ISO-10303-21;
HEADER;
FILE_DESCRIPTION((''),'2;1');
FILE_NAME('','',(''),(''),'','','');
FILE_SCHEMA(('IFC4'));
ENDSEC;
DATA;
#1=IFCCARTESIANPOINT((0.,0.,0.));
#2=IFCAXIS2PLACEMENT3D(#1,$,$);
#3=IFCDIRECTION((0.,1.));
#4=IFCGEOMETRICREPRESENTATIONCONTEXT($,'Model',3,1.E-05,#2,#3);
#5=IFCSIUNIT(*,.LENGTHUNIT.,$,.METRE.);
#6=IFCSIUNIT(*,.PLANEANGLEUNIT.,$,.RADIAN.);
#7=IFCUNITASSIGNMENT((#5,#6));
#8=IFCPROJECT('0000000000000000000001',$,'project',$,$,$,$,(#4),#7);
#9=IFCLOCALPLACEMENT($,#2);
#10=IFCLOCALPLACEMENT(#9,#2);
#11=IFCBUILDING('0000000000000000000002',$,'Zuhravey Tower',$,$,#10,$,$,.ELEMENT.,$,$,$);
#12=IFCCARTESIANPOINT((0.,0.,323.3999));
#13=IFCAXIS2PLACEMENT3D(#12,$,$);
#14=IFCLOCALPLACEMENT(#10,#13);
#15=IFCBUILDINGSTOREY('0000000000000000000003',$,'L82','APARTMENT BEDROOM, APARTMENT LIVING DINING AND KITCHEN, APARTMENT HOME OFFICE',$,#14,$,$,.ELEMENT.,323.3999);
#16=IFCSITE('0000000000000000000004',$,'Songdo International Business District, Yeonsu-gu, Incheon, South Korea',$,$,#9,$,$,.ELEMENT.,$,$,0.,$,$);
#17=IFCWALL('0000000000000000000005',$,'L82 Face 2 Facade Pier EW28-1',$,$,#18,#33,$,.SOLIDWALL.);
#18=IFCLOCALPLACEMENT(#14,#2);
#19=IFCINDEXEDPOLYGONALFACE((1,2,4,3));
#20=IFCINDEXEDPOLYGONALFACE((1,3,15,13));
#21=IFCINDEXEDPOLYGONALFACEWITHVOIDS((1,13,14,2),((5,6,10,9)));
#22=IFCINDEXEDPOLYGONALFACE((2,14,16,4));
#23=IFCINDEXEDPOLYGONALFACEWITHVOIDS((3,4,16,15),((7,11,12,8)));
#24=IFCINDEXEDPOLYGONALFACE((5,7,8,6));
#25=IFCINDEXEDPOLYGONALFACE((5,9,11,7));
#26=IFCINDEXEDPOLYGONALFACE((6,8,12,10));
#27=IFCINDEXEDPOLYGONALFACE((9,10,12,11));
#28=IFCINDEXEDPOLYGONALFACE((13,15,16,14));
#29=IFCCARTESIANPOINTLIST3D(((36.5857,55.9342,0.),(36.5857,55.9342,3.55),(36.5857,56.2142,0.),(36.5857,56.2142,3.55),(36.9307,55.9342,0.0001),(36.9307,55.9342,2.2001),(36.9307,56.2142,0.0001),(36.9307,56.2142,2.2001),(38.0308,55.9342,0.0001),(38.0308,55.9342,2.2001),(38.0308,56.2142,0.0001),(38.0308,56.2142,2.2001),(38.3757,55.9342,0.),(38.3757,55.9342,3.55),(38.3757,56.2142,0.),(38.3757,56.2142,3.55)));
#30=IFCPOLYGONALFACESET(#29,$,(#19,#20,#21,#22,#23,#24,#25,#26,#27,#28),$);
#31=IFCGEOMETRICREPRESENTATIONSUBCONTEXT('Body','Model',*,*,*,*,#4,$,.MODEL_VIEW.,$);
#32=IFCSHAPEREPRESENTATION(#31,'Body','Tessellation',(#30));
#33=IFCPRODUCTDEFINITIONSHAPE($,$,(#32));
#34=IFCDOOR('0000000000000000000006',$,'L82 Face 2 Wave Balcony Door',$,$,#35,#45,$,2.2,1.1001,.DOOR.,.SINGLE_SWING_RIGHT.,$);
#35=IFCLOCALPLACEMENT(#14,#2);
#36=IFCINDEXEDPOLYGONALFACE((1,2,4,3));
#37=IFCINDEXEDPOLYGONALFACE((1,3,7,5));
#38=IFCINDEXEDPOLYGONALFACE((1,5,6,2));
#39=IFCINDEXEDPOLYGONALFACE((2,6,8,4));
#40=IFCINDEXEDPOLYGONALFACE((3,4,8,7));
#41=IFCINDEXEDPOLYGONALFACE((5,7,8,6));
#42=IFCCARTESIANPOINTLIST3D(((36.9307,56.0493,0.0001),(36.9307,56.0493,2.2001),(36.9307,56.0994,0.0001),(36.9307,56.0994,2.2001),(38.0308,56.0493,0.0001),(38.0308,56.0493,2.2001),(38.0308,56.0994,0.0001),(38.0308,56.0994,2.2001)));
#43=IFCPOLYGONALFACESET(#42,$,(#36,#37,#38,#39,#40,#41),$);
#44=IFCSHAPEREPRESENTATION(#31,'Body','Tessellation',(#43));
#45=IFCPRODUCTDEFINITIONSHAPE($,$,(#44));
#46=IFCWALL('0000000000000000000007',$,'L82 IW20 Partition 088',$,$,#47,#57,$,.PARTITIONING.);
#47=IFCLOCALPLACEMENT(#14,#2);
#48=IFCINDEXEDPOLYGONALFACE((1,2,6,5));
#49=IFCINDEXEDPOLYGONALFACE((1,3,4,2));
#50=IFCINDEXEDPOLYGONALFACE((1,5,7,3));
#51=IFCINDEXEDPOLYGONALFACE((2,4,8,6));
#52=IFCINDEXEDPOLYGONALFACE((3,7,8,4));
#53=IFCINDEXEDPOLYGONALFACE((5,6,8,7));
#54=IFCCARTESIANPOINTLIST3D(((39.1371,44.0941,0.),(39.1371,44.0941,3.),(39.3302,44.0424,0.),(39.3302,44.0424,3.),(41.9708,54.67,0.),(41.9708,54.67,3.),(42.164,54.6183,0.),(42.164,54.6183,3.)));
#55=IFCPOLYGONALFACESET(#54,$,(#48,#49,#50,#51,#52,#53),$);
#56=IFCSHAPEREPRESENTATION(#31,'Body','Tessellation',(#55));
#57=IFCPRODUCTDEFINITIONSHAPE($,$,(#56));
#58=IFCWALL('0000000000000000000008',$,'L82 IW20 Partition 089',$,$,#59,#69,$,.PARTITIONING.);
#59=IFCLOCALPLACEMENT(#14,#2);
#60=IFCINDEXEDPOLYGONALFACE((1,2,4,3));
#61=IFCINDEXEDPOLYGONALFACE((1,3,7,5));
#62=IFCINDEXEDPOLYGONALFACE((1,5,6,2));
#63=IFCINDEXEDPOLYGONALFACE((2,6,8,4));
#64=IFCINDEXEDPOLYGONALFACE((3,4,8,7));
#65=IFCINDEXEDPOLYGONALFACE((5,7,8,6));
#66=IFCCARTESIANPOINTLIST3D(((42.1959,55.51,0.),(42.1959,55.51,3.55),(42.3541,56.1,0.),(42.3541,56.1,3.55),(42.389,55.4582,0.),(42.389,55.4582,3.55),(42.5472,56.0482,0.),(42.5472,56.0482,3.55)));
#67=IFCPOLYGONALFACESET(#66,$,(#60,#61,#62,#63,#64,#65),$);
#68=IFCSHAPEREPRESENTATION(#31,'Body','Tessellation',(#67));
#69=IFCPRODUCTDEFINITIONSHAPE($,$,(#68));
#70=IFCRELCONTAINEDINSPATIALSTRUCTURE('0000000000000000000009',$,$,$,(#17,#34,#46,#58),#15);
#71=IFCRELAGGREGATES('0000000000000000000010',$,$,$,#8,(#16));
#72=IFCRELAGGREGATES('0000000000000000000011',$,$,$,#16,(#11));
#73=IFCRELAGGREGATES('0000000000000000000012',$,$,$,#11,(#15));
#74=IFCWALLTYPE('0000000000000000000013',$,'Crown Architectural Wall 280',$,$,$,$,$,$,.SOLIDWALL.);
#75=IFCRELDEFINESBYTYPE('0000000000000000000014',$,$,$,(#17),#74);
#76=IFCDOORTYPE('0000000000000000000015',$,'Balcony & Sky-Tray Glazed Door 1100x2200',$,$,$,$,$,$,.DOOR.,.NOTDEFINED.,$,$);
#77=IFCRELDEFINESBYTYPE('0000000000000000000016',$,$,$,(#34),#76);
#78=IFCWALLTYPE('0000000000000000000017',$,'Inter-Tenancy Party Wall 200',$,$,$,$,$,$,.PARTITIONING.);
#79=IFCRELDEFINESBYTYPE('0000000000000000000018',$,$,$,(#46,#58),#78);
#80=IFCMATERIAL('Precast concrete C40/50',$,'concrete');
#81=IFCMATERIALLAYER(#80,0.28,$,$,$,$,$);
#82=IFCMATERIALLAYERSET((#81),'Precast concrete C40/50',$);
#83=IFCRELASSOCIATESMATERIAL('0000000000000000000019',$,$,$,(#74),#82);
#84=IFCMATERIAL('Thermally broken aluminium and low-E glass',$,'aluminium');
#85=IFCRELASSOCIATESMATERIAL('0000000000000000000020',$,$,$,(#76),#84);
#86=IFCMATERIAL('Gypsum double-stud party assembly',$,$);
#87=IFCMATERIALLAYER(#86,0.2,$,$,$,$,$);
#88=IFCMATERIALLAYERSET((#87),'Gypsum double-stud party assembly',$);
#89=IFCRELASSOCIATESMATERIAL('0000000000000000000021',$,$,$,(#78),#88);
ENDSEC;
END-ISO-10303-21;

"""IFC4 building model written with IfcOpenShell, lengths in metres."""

from ifc_helpers import new_model, si_unit, direction, frame, frame_2d, origin, place, context, subcontext, project, spatial, rectangle, extrude, material, layer, layer_set, type_object, element, fill, save


model = new_model("IFC4")

# Units and contexts
model_context = context("Model", 3, precision=1e-05, world=origin(), true_north=direction((0.0, 1.0)))
body_context = subcontext(model_context, "Body", "Model", "MODEL_VIEW")
ifc_project = project(units=[si_unit("LENGTHUNIT", "METRE"), si_unit("PLANEANGLEUNIT", "RADIAN")], contexts=[model_context])

# Site, building, storey
site_placement = place(None, origin())
site = spatial("IfcSite", under=ifc_project, at=site_placement, Name="Songdo International Business District, Yeonsu-gu, Incheon, South Korea", CompositionType="ELEMENT", RefElevation=0.0)
building_placement = place(site_placement, origin())
building = spatial("IfcBuilding", under=site, at=building_placement, Name="Zuhravey Tower", CompositionType="ELEMENT")
storey_placement = place(building_placement, frame((0.0, 0.0, 323.3999)))
storey = spatial("IfcBuildingStorey", under=building, at=storey_placement, Name="L82", Description="APARTMENT BEDROOM, APARTMENT LIVING DINING AND KITCHEN, APARTMENT HOME OFFICE", CompositionType="ELEMENT", Elevation=323.3999)

# Wall, opening, door
ifc_material_1 = material(Name="Precast concrete C40/50", Category="concrete")
ifc_layer_1 = layer(ifc_material_1, 0.28)
ifc_layer_set_1 = layer_set([ifc_layer_1], Name="Precast concrete C40/50")
wall_type_1 = type_object("IfcWallType", Name="Crown Architectural Wall 280", PredefinedType="SOLIDWALL", material=ifc_layer_set_1)
wall_1_placement = place(storey_placement, frame((36.5857, 56.0742, 0.0), z_axis=(0.0, 0.0, 1.0), x_axis=(1.0, 0.0, 0.0)))
wall_1 = element("IfcWall", 1, at=wall_1_placement, inside=storey, type_object=wall_type_1, Name="L82 Face 2 Facade Pier EW28-1", PredefinedType="SOLIDWALL", context=body_context, shape_type="SweptSolid", body=[
    extrude(rectangle(XDim=1.79, YDim=0.28, at=frame_2d((0.895, 0.0))), origin(), (0.0, 0.0, 1.0), 3.55),
])
opening_placement = place(wall_1_placement, frame((0.345, 0.0, 0.0)))
opening = element("IfcOpeningElement", 2, at=opening_placement, cuts=wall_1, PredefinedType="OPENING", context=body_context, shape_type="SweptSolid", body=[
    extrude(rectangle(XDim=1.1001, YDim=2.2, at=frame_2d((0.55, 1.1001))), frame((0.0, 0.1521, 0.0), z_axis=(0.0, -1.0, 0.0), x_axis=(1.0, 0.0, 0.0)), (0.0, 0.0, 1.0), 0.304),
])
ifc_material_2 = material(Name="Thermally broken aluminium and low-E glass", Category="aluminium")
door_type = type_object("IfcDoorType", Name="Balcony & Sky-Tray Glazed Door 1100x2200", OperationType="NOTDEFINED", PredefinedType="DOOR", material=ifc_material_2)
door_placement = place(opening_placement, frame((1.1001, 0.0, 0.0), z_axis=(0.0, 0.0, 1.0), x_axis=(-1.0, 0.0, 0.0)))
door = element("IfcDoor", 3, at=door_placement, inside=storey, type_object=door_type, Name="L82 Face 2 Wave Balcony Door", OperationType="SINGLE_SWING_RIGHT", OverallHeight=2.2, OverallWidth=1.1001, PredefinedType="DOOR", context=body_context, shape_type="SweptSolid", body=[
    extrude(rectangle(XDim=1.1001, YDim=2.2, at=frame_2d((0.55, 1.1001))), frame((0.0, 0.0249, 0.0), z_axis=(0.0, -1.0, 0.0), x_axis=(1.0, 0.0, 0.0)), (0.0, 0.0, 1.0), 0.05),
])
fill(opening, door)

# Walls
ifc_material_3 = material(Name="Gypsum double-stud party assembly")
ifc_layer_2 = layer(ifc_material_3, 0.2)
ifc_layer_set_2 = layer_set([ifc_layer_2], Name="Gypsum double-stud party assembly")
wall_type_2 = type_object("IfcWallType", Name="Inter-Tenancy Party Wall 200", PredefinedType="PARTITIONING", material=ifc_layer_set_2)
wall_2_placement = place(storey_placement, frame((39.2336, 44.0681, 0.0), z_axis=(0.0, 0.0, 1.0), x_axis=(0.258813, 0.965927, 0.0)))
element("IfcWall", 4, at=wall_2_placement, inside=storey, type_object=wall_type_2, Name="L82 IW20 Partition 088", PredefinedType="PARTITIONING", context=body_context, shape_type="SweptSolid", body=[
    extrude(rectangle(XDim=10.949, YDim=0.2, at=frame_2d((5.4746, 0.0))), origin(), (0.0, 0.0, 1.0), 3.0),
])
wall_3_placement = place(storey_placement, frame((42.2925, 55.4841, 0.0), z_axis=(0.0, 0.0, 1.0), x_axis=(0.258956, 0.965889, 0.0)))
element("IfcWall", 5, at=wall_3_placement, inside=storey, type_object=wall_type_2, Name="L82 IW20 Partition 089", PredefinedType="PARTITIONING", context=body_context, shape_type="SweptSolid", body=[
    extrude(rectangle(XDim=0.6108, YDim=0.2, at=frame_2d((0.3054, 0.0))), origin(), (0.0, 0.0, 1.0), 3.55),
])

save(model, "model.ifc")
